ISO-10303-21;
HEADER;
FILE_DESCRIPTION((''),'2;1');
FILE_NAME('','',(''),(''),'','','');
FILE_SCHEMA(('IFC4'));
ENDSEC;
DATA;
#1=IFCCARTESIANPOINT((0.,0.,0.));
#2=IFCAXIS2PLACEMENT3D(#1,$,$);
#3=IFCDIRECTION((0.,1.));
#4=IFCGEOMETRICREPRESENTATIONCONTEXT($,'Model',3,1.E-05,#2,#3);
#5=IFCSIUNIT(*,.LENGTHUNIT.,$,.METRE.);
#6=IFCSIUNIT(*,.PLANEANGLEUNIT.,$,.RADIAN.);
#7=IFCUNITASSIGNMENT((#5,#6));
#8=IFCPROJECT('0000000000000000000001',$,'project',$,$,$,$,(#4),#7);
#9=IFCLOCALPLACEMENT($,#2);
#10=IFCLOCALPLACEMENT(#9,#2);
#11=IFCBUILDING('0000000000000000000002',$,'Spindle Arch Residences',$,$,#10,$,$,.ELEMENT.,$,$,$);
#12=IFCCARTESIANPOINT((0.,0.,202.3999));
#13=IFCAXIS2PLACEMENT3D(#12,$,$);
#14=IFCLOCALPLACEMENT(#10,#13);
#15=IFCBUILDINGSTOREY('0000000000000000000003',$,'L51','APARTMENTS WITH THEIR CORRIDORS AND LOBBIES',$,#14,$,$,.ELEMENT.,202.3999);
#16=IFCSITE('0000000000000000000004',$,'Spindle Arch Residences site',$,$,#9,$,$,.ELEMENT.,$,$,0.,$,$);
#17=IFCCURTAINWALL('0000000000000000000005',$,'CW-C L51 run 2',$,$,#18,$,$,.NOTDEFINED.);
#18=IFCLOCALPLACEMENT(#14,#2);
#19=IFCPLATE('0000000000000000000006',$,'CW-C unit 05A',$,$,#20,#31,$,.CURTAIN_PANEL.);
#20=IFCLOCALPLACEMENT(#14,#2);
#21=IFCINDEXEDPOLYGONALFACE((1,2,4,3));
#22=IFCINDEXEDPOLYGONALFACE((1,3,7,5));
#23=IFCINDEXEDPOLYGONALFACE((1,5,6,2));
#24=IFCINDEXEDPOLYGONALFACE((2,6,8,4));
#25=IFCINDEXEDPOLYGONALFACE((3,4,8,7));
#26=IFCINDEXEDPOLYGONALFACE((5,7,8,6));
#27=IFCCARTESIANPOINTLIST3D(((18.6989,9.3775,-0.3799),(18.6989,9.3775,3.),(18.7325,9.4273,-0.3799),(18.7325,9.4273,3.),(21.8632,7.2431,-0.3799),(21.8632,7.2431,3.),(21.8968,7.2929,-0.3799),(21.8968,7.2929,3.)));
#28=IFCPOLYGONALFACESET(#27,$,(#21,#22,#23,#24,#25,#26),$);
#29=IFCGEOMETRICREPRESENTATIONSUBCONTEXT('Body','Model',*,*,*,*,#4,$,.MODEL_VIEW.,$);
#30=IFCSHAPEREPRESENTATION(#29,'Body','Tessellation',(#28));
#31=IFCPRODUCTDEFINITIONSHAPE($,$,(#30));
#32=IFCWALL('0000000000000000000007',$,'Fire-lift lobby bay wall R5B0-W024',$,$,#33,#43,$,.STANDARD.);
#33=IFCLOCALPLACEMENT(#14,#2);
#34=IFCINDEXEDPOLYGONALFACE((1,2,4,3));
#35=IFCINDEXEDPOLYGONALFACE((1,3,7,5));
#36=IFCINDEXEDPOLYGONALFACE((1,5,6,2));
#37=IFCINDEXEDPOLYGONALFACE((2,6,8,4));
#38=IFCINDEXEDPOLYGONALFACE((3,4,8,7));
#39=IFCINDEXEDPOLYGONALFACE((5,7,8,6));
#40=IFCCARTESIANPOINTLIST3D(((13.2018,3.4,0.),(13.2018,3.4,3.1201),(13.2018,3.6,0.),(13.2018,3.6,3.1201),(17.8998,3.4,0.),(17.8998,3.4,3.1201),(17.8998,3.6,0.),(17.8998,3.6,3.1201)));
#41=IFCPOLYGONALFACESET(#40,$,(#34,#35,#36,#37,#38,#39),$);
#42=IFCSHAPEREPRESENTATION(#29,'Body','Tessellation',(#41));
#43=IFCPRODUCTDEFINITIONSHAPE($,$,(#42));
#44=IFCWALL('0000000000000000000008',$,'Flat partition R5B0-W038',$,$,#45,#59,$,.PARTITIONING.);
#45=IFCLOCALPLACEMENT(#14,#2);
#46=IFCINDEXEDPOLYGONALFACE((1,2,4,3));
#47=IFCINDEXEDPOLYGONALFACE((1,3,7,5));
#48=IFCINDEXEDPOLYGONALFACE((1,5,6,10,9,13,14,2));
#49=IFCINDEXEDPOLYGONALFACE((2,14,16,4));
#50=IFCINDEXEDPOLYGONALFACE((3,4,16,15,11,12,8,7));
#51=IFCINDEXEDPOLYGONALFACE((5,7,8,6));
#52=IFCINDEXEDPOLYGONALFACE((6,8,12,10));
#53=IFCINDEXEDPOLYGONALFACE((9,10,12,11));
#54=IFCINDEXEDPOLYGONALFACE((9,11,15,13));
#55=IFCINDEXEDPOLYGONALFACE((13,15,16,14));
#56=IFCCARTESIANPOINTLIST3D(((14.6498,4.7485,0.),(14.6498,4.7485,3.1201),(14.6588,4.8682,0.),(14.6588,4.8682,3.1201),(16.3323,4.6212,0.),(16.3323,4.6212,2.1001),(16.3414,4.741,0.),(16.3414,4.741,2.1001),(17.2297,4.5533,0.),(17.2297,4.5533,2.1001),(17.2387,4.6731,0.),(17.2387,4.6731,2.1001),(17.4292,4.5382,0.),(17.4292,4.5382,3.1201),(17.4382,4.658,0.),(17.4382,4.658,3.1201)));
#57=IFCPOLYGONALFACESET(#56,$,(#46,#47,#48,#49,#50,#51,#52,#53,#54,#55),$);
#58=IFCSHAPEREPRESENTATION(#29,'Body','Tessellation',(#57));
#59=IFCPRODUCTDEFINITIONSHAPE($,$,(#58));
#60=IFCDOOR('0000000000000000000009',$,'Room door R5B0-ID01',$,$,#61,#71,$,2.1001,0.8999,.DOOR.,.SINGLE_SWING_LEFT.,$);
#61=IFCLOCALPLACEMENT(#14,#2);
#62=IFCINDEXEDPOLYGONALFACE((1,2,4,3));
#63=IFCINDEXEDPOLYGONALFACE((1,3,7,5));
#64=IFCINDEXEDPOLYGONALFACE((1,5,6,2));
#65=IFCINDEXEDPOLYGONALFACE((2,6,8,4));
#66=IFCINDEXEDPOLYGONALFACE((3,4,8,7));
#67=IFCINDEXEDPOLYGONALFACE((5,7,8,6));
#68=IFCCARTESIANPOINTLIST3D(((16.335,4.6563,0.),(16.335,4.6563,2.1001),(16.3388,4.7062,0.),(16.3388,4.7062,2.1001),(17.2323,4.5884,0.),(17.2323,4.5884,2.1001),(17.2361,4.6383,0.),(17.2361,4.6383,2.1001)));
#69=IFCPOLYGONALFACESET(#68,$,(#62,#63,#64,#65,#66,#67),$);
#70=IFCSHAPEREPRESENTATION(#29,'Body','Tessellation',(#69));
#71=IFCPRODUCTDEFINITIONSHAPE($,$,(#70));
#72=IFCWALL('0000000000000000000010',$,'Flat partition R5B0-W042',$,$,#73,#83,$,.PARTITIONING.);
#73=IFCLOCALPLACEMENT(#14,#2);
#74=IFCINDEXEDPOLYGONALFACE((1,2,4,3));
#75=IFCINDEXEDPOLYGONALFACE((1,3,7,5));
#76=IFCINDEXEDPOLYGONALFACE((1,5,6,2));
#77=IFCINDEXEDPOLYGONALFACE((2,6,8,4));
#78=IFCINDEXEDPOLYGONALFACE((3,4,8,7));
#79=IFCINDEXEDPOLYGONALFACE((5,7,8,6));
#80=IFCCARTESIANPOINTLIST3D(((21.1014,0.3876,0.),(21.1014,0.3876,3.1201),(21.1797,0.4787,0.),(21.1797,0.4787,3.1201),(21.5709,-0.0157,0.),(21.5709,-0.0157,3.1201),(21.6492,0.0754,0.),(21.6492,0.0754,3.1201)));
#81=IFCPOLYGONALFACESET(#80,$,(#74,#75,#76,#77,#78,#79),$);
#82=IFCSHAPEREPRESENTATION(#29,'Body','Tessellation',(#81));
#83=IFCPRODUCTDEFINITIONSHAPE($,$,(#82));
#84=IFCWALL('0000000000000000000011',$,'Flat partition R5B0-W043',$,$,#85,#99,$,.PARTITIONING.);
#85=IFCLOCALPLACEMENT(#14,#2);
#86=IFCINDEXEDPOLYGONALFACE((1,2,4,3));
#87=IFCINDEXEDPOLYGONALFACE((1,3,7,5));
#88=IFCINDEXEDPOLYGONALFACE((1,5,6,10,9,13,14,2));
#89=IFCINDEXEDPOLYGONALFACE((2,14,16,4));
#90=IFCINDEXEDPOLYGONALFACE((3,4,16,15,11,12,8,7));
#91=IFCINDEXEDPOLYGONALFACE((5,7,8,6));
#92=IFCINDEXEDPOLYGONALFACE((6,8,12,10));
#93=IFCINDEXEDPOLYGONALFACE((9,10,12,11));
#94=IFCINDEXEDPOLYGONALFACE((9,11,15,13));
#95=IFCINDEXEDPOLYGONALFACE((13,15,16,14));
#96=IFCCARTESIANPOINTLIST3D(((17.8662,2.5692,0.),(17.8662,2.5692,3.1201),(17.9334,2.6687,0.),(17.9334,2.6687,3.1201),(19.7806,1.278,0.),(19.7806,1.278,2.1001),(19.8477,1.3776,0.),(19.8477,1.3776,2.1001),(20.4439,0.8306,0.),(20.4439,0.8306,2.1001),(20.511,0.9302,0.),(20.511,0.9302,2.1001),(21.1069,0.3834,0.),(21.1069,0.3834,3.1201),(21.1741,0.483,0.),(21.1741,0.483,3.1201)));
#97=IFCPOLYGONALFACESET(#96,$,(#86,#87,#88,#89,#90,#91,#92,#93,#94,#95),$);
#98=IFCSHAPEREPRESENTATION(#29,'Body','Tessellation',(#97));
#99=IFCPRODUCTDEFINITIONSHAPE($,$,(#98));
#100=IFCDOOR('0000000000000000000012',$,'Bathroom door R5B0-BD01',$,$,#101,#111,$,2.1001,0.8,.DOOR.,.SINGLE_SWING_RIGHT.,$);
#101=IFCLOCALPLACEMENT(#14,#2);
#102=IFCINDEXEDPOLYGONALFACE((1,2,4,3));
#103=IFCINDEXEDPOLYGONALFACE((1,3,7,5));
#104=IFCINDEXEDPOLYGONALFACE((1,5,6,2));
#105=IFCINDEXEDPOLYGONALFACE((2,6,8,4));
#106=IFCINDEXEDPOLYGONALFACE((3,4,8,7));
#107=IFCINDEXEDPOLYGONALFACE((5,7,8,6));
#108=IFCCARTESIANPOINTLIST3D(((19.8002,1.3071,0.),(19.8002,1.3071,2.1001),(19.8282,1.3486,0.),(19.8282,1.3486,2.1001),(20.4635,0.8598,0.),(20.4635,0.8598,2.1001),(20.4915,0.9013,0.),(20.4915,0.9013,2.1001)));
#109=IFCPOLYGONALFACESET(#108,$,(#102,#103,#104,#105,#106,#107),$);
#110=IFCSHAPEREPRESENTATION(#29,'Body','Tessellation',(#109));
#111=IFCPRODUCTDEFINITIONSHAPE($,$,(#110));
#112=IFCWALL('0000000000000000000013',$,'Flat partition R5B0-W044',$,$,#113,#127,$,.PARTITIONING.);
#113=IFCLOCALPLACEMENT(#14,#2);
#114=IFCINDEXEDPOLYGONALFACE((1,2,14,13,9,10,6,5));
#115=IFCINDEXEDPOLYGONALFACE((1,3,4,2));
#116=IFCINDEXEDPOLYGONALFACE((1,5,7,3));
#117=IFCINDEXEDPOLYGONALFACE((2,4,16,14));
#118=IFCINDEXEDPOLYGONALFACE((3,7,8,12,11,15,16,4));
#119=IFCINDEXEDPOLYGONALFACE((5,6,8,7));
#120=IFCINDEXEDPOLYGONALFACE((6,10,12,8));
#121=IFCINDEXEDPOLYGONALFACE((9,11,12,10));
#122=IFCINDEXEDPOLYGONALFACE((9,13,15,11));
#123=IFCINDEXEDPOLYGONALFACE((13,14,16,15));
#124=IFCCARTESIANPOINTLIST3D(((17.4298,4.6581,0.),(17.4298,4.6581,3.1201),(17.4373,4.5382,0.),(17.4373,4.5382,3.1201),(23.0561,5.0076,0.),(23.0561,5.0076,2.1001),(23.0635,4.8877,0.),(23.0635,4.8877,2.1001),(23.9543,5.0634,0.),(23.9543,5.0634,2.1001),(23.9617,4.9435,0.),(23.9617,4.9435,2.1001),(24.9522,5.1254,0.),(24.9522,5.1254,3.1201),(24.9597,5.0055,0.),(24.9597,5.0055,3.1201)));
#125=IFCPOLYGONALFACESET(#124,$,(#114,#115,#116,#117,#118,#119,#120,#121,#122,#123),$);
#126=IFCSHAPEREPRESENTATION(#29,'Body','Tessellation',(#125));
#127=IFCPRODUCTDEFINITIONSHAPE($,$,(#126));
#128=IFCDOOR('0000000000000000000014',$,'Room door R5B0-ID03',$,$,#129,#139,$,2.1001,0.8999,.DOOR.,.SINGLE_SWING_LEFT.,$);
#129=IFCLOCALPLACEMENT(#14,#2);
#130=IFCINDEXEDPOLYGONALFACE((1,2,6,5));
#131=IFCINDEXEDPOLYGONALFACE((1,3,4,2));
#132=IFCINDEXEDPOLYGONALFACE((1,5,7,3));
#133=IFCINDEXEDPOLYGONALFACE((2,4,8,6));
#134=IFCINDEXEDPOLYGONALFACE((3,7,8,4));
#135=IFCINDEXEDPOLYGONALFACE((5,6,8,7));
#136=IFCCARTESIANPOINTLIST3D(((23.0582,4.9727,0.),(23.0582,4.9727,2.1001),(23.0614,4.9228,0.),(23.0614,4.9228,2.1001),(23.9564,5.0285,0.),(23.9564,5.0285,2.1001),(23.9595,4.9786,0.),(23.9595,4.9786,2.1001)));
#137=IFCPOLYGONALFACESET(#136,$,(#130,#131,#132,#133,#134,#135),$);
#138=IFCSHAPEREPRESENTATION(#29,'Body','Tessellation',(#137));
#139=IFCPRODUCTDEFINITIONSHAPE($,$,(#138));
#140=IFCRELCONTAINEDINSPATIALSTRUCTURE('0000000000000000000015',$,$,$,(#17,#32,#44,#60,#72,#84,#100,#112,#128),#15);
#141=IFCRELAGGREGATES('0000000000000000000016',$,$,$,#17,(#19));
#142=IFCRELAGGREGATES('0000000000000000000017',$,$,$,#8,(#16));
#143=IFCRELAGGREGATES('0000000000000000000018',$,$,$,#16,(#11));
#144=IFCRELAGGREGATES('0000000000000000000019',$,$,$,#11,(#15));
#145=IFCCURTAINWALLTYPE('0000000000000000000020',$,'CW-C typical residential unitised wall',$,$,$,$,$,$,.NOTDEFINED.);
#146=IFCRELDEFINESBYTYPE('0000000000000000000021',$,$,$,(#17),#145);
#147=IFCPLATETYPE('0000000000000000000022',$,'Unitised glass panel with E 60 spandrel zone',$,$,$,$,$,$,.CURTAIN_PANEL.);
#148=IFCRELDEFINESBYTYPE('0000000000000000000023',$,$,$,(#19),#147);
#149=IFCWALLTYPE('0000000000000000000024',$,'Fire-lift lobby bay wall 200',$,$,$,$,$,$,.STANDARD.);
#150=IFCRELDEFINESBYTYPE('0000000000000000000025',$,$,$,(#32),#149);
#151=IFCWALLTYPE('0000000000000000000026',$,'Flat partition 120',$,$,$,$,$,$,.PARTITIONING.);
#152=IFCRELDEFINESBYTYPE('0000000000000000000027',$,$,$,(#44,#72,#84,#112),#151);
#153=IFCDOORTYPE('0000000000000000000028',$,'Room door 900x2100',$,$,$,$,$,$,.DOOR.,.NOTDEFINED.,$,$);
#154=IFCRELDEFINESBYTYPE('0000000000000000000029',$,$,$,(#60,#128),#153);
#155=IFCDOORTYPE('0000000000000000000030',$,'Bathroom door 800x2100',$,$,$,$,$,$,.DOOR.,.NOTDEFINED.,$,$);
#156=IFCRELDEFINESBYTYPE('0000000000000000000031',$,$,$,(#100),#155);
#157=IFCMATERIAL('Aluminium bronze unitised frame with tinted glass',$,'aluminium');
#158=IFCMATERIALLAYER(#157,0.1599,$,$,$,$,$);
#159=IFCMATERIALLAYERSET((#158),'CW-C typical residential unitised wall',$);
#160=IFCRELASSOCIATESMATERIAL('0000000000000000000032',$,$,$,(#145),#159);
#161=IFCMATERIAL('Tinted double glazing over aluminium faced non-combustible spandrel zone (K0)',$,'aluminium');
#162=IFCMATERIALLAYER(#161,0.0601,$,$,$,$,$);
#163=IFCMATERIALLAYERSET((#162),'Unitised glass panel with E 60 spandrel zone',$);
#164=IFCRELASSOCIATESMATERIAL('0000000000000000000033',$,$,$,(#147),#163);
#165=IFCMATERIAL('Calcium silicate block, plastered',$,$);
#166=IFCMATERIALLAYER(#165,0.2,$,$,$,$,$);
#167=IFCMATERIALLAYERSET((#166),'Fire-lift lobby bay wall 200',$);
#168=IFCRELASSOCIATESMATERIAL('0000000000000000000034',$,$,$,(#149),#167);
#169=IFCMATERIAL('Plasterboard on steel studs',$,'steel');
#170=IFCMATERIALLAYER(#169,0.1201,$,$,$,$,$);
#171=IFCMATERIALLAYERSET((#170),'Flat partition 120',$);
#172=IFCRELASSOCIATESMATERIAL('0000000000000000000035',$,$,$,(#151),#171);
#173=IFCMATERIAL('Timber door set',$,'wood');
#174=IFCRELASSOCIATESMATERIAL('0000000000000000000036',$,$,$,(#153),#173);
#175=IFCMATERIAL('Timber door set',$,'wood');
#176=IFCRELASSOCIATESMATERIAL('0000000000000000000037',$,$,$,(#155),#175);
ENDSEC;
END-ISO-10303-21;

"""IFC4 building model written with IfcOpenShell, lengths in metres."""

from ifc_helpers import new_model, si_unit, direction, frame, frame_2d, origin, origin_2d, place, context, subcontext, project, spatial, rectangle, extrude, material, layer, layer_set, type_object, element, fill, aggregate, save


model = new_model("IFC4")

# Units and contexts
model_context = context("Model", 3, precision=1e-05, world=origin(), true_north=direction((0.0, 1.0)))
body_context = subcontext(model_context, "Body", "Model", "MODEL_VIEW")
ifc_project = project(units=[si_unit("LENGTHUNIT", "METRE"), si_unit("PLANEANGLEUNIT", "RADIAN")], contexts=[model_context])

# Site, building, storey
site_placement = place(None, origin())
site = spatial("IfcSite", under=ifc_project, at=site_placement, Name="Spindle Arch Residences site", CompositionType="ELEMENT", RefElevation=0.0)
building_placement = place(site_placement, origin())
building = spatial("IfcBuilding", under=site, at=building_placement, Name="Spindle Arch Residences", CompositionType="ELEMENT")
storey_placement = place(building_placement, frame((0.0, 0.0, 202.3999)))
storey = spatial("IfcBuildingStorey", under=building, at=storey_placement, Name="L51", Description="APARTMENTS WITH THEIR CORRIDORS AND LOBBIES", CompositionType="ELEMENT", Elevation=202.3999)

# Curtain wall
ifc_material_1 = material(Name="Aluminium bronze unitised frame with tinted glass", Category="aluminium")
ifc_layer_1 = layer(ifc_material_1, 0.1599)
ifc_layer_set_1 = layer_set([ifc_layer_1], Name="CW-C typical residential unitised wall")
curtain_wall_type_1 = type_object("IfcCurtainWallType", Name="CW-C typical residential unitised wall", PredefinedType="NOTDEFINED", material=ifc_layer_set_1)
curtain_wall_1_placement = place(storey_placement, origin())
curtain_wall_1 = element("IfcCurtainWall", 1, at=curtain_wall_1_placement, inside=storey, type_object=curtain_wall_type_1, Name="CW-C L51 run 2", PredefinedType="NOTDEFINED")

# Plate
ifc_material_2 = material(Name="Tinted double glazing over aluminium faced non-combustible spandrel zone (K0)", Category="aluminium")
ifc_layer_2 = layer(ifc_material_2, 0.0601)
ifc_layer_set_2 = layer_set([ifc_layer_2], Name="Unitised glass panel with E 60 spandrel zone")
plate_type = type_object("IfcPlateType", Name="Unitised glass panel with E 60 spandrel zone", PredefinedType="CURTAIN_PANEL", material=ifc_layer_set_2)
plate_1_placement = place(storey_placement, frame((20.2979, 8.3352, -0.3799), z_axis=(0.0, 0.0, 1.0), x_axis=(-0.829038, 0.559193, 0.0)))
plate_1 = element("IfcPlate", 2, at=plate_1_placement, type_object=plate_type, Name="CW-C unit 05A", PredefinedType="CURTAIN_PANEL", context=body_context, shape_type="SweptSolid", body=[
    extrude(rectangle(XDim=3.8169, YDim=0.0601, at=origin_2d()), origin(), (0.0, 0.0, 1.0), 3.3799),
])
aggregate(curtain_wall_1, [plate_1])

# Wall
ifc_material_3 = material(Name="Calcium silicate block, plastered")
ifc_layer_3 = layer(ifc_material_3, 0.2)
ifc_layer_set_3 = layer_set([ifc_layer_3], Name="Fire-lift lobby bay wall 200")
wall_type_1 = type_object("IfcWallType", Name="Fire-lift lobby bay wall 200", PredefinedType="STANDARD", material=ifc_layer_set_3)
wall_1_placement = place(storey_placement, frame((17.8999, 3.5, 0.0), z_axis=(0.0, 0.0, 1.0), x_axis=(-1.0, 0.0, 0.0)))
element("IfcWall", 3, at=wall_1_placement, inside=storey, type_object=wall_type_1, Name="Fire-lift lobby bay wall R5B0-W024", PredefinedType="STANDARD", context=body_context, shape_type="SweptSolid", body=[
    extrude(rectangle(XDim=4.698, YDim=0.2, at=frame_2d((2.3491, 0.0))), origin(), (0.0, 0.0, 1.0), 3.1201),
])

# Wall, opening, door
ifc_material_4 = material(Name="Plasterboard on steel studs", Category="steel")
ifc_layer_4 = layer(ifc_material_4, 0.1201)
ifc_layer_set_4 = layer_set([ifc_layer_4], Name="Flat partition 120")
wall_type_2 = type_object("IfcWallType", Name="Flat partition 120", PredefinedType="PARTITIONING", material=ifc_layer_set_4)
wall_2_placement = place(storey_placement, frame((17.4336, 4.5981, 0.0), z_axis=(0.0, 0.0, 1.0), x_axis=(-0.997152, 0.075417, 0.0)))
wall_2 = element("IfcWall", 4, at=wall_2_placement, inside=storey, type_object=wall_type_2, Name="Flat partition R5B0-W038", PredefinedType="PARTITIONING", context=body_context, shape_type="SweptSolid", body=[
    extrude(rectangle(XDim=2.7874, YDim=0.1201, at=frame_2d((1.3936, 0.0))), origin(), (0.0, 0.0, 1.0), 3.1201),
])
opening_1_placement = place(wall_2_placement, frame((0.2, 0.0, 0.0)))
opening_1 = element("IfcOpeningElement", 5, at=opening_1_placement, cuts=wall_2, PredefinedType="OPENING", context=body_context, shape_type="SweptSolid", body=[
    extrude(rectangle(XDim=0.8999, YDim=2.1001, at=frame_2d((0.45, 1.05))), frame((0.0, 0.0701, 0.0), z_axis=(0.0, -1.0, 0.0), x_axis=(1.0, 0.0, 0.0)), (0.0, 0.0, 1.0), 0.1401),
])
ifc_material_5 = material(Name="Timber door set", Category="wood")
door_type_1 = type_object("IfcDoorType", Name="Room door 900x2100", OperationType="NOTDEFINED", PredefinedType="DOOR", material=ifc_material_5)
door_1_placement = place(opening_1_placement, origin())
door_1 = element("IfcDoor", 6, at=door_1_placement, inside=storey, type_object=door_type_1, Name="Room door R5B0-ID01", OperationType="SINGLE_SWING_LEFT", OverallHeight=2.1001, OverallWidth=0.8999, PredefinedType="DOOR", context=body_context, shape_type="SweptSolid", body=[
    extrude(rectangle(XDim=0.8999, YDim=2.1001, at=frame_2d((0.45, 1.05))), frame((0.0, 0.0249, 0.0), z_axis=(0.0, -1.0, 0.0), x_axis=(1.0, 0.0, 0.0)), (0.0, 0.0, 1.0), 0.05),
])
fill(opening_1, door_1)

# Wall
wall_3_placement = place(storey_placement, frame((21.6101, 0.0298, 0.0), z_axis=(0.0, 0.0, 1.0), x_axis=(-0.758532, 0.651636, 0.0)))
element("IfcWall", 7, at=wall_3_placement, inside=storey, type_object=wall_type_2, Name="Flat partition R5B0-W042", PredefinedType="PARTITIONING", context=body_context, shape_type="SweptSolid", body=[
    extrude(rectangle(XDim=0.6189, YDim=0.1201, at=frame_2d((0.3096, 0.0))), origin(), (0.0, 0.0, 1.0), 3.1201),
])

# Walls, openings, doors
wall_4_placement = place(storey_placement, frame((21.1406, 0.4331, 0.0), z_axis=(0.0, 0.0, 1.0), x_axis=(-0.82905, 0.559175, 0.0)))
wall_4 = element("IfcWall", 8, at=wall_4_placement, inside=storey, type_object=wall_type_2, Name="Flat partition R5B0-W043", PredefinedType="PARTITIONING", context=body_context, shape_type="SweptSolid", body=[
    extrude(rectangle(XDim=3.9089, YDim=0.1201, at=frame_2d((1.9546, 0.0))), origin(), (0.0, 0.0, 1.0), 3.1201),
])
opening_2_placement = place(wall_4_placement, frame((0.8, 0.0, 0.0)))
opening_2 = element("IfcOpeningElement", 9, at=opening_2_placement, cuts=wall_4, PredefinedType="OPENING", context=body_context, shape_type="SweptSolid", body=[
    extrude(rectangle(XDim=0.8, YDim=2.1001, at=frame_2d((0.3999, 1.05))), frame((0.0, 0.0701, 0.0), z_axis=(0.0, -1.0, 0.0), x_axis=(1.0, 0.0, 0.0)), (0.0, 0.0, 1.0), 0.1401),
])
ifc_material_6 = material(Name="Timber door set", Category="wood")
door_type_2 = type_object("IfcDoorType", Name="Bathroom door 800x2100", OperationType="NOTDEFINED", PredefinedType="DOOR", material=ifc_material_6)
door_2_placement = place(opening_2_placement, origin())
door_2 = element("IfcDoor", 10, at=door_2_placement, inside=storey, type_object=door_type_2, Name="Bathroom door R5B0-BD01", OperationType="SINGLE_SWING_RIGHT", OverallHeight=2.1001, OverallWidth=0.8, PredefinedType="DOOR", context=body_context, shape_type="SweptSolid", body=[
    extrude(rectangle(XDim=0.8, YDim=2.1001, at=frame_2d((0.3999, 1.05))), frame((0.0, 0.0249, 0.0), z_axis=(0.0, -1.0, 0.0), x_axis=(1.0, 0.0, 0.0)), (0.0, 0.0, 1.0), 0.05),
])
fill(opening_2, door_2)
wall_5_placement = place(storey_placement, frame((24.9561, 5.0654, 0.0), z_axis=(0.0, 0.0, 1.0), x_axis=(-0.998076, -0.061999, 0.0)))
wall_5 = element("IfcWall", 11, at=wall_5_placement, inside=storey, type_object=wall_type_2, Name="Flat partition R5B0-W044", PredefinedType="PARTITIONING", context=body_context, shape_type="SweptSolid", body=[
    extrude(rectangle(XDim=7.5369, YDim=0.1201, at=frame_2d((3.7686, 0.0))), origin(), (0.0, 0.0, 1.0), 3.1201),
])
opening_3_placement = place(wall_5_placement, frame((1.0, 0.0, 0.0)))
opening_3 = element("IfcOpeningElement", 12, at=opening_3_placement, cuts=wall_5, PredefinedType="OPENING", context=body_context, shape_type="SweptSolid", body=[
    extrude(rectangle(XDim=0.8999, YDim=2.1001, at=frame_2d((0.45, 1.05))), frame((0.0, 0.0701, 0.0), z_axis=(0.0, -1.0, 0.0), x_axis=(1.0, 0.0, 0.0)), (0.0, 0.0, 1.0), 0.1401),
])
door_3_placement = place(opening_3_placement, origin())
door_3 = element("IfcDoor", 13, at=door_3_placement, inside=storey, type_object=door_type_1, Name="Room door R5B0-ID03", OperationType="SINGLE_SWING_LEFT", OverallHeight=2.1001, OverallWidth=0.8999, PredefinedType="DOOR", context=body_context, shape_type="SweptSolid", body=[
    extrude(rectangle(XDim=0.8999, YDim=2.1001, at=frame_2d((0.45, 1.05))), frame((0.0, 0.0249, 0.0), z_axis=(0.0, -1.0, 0.0), x_axis=(1.0, 0.0, 0.0)), (0.0, 0.0, 1.0), 0.05),
])
fill(opening_3, door_3)

save(model, "model.ifc")
